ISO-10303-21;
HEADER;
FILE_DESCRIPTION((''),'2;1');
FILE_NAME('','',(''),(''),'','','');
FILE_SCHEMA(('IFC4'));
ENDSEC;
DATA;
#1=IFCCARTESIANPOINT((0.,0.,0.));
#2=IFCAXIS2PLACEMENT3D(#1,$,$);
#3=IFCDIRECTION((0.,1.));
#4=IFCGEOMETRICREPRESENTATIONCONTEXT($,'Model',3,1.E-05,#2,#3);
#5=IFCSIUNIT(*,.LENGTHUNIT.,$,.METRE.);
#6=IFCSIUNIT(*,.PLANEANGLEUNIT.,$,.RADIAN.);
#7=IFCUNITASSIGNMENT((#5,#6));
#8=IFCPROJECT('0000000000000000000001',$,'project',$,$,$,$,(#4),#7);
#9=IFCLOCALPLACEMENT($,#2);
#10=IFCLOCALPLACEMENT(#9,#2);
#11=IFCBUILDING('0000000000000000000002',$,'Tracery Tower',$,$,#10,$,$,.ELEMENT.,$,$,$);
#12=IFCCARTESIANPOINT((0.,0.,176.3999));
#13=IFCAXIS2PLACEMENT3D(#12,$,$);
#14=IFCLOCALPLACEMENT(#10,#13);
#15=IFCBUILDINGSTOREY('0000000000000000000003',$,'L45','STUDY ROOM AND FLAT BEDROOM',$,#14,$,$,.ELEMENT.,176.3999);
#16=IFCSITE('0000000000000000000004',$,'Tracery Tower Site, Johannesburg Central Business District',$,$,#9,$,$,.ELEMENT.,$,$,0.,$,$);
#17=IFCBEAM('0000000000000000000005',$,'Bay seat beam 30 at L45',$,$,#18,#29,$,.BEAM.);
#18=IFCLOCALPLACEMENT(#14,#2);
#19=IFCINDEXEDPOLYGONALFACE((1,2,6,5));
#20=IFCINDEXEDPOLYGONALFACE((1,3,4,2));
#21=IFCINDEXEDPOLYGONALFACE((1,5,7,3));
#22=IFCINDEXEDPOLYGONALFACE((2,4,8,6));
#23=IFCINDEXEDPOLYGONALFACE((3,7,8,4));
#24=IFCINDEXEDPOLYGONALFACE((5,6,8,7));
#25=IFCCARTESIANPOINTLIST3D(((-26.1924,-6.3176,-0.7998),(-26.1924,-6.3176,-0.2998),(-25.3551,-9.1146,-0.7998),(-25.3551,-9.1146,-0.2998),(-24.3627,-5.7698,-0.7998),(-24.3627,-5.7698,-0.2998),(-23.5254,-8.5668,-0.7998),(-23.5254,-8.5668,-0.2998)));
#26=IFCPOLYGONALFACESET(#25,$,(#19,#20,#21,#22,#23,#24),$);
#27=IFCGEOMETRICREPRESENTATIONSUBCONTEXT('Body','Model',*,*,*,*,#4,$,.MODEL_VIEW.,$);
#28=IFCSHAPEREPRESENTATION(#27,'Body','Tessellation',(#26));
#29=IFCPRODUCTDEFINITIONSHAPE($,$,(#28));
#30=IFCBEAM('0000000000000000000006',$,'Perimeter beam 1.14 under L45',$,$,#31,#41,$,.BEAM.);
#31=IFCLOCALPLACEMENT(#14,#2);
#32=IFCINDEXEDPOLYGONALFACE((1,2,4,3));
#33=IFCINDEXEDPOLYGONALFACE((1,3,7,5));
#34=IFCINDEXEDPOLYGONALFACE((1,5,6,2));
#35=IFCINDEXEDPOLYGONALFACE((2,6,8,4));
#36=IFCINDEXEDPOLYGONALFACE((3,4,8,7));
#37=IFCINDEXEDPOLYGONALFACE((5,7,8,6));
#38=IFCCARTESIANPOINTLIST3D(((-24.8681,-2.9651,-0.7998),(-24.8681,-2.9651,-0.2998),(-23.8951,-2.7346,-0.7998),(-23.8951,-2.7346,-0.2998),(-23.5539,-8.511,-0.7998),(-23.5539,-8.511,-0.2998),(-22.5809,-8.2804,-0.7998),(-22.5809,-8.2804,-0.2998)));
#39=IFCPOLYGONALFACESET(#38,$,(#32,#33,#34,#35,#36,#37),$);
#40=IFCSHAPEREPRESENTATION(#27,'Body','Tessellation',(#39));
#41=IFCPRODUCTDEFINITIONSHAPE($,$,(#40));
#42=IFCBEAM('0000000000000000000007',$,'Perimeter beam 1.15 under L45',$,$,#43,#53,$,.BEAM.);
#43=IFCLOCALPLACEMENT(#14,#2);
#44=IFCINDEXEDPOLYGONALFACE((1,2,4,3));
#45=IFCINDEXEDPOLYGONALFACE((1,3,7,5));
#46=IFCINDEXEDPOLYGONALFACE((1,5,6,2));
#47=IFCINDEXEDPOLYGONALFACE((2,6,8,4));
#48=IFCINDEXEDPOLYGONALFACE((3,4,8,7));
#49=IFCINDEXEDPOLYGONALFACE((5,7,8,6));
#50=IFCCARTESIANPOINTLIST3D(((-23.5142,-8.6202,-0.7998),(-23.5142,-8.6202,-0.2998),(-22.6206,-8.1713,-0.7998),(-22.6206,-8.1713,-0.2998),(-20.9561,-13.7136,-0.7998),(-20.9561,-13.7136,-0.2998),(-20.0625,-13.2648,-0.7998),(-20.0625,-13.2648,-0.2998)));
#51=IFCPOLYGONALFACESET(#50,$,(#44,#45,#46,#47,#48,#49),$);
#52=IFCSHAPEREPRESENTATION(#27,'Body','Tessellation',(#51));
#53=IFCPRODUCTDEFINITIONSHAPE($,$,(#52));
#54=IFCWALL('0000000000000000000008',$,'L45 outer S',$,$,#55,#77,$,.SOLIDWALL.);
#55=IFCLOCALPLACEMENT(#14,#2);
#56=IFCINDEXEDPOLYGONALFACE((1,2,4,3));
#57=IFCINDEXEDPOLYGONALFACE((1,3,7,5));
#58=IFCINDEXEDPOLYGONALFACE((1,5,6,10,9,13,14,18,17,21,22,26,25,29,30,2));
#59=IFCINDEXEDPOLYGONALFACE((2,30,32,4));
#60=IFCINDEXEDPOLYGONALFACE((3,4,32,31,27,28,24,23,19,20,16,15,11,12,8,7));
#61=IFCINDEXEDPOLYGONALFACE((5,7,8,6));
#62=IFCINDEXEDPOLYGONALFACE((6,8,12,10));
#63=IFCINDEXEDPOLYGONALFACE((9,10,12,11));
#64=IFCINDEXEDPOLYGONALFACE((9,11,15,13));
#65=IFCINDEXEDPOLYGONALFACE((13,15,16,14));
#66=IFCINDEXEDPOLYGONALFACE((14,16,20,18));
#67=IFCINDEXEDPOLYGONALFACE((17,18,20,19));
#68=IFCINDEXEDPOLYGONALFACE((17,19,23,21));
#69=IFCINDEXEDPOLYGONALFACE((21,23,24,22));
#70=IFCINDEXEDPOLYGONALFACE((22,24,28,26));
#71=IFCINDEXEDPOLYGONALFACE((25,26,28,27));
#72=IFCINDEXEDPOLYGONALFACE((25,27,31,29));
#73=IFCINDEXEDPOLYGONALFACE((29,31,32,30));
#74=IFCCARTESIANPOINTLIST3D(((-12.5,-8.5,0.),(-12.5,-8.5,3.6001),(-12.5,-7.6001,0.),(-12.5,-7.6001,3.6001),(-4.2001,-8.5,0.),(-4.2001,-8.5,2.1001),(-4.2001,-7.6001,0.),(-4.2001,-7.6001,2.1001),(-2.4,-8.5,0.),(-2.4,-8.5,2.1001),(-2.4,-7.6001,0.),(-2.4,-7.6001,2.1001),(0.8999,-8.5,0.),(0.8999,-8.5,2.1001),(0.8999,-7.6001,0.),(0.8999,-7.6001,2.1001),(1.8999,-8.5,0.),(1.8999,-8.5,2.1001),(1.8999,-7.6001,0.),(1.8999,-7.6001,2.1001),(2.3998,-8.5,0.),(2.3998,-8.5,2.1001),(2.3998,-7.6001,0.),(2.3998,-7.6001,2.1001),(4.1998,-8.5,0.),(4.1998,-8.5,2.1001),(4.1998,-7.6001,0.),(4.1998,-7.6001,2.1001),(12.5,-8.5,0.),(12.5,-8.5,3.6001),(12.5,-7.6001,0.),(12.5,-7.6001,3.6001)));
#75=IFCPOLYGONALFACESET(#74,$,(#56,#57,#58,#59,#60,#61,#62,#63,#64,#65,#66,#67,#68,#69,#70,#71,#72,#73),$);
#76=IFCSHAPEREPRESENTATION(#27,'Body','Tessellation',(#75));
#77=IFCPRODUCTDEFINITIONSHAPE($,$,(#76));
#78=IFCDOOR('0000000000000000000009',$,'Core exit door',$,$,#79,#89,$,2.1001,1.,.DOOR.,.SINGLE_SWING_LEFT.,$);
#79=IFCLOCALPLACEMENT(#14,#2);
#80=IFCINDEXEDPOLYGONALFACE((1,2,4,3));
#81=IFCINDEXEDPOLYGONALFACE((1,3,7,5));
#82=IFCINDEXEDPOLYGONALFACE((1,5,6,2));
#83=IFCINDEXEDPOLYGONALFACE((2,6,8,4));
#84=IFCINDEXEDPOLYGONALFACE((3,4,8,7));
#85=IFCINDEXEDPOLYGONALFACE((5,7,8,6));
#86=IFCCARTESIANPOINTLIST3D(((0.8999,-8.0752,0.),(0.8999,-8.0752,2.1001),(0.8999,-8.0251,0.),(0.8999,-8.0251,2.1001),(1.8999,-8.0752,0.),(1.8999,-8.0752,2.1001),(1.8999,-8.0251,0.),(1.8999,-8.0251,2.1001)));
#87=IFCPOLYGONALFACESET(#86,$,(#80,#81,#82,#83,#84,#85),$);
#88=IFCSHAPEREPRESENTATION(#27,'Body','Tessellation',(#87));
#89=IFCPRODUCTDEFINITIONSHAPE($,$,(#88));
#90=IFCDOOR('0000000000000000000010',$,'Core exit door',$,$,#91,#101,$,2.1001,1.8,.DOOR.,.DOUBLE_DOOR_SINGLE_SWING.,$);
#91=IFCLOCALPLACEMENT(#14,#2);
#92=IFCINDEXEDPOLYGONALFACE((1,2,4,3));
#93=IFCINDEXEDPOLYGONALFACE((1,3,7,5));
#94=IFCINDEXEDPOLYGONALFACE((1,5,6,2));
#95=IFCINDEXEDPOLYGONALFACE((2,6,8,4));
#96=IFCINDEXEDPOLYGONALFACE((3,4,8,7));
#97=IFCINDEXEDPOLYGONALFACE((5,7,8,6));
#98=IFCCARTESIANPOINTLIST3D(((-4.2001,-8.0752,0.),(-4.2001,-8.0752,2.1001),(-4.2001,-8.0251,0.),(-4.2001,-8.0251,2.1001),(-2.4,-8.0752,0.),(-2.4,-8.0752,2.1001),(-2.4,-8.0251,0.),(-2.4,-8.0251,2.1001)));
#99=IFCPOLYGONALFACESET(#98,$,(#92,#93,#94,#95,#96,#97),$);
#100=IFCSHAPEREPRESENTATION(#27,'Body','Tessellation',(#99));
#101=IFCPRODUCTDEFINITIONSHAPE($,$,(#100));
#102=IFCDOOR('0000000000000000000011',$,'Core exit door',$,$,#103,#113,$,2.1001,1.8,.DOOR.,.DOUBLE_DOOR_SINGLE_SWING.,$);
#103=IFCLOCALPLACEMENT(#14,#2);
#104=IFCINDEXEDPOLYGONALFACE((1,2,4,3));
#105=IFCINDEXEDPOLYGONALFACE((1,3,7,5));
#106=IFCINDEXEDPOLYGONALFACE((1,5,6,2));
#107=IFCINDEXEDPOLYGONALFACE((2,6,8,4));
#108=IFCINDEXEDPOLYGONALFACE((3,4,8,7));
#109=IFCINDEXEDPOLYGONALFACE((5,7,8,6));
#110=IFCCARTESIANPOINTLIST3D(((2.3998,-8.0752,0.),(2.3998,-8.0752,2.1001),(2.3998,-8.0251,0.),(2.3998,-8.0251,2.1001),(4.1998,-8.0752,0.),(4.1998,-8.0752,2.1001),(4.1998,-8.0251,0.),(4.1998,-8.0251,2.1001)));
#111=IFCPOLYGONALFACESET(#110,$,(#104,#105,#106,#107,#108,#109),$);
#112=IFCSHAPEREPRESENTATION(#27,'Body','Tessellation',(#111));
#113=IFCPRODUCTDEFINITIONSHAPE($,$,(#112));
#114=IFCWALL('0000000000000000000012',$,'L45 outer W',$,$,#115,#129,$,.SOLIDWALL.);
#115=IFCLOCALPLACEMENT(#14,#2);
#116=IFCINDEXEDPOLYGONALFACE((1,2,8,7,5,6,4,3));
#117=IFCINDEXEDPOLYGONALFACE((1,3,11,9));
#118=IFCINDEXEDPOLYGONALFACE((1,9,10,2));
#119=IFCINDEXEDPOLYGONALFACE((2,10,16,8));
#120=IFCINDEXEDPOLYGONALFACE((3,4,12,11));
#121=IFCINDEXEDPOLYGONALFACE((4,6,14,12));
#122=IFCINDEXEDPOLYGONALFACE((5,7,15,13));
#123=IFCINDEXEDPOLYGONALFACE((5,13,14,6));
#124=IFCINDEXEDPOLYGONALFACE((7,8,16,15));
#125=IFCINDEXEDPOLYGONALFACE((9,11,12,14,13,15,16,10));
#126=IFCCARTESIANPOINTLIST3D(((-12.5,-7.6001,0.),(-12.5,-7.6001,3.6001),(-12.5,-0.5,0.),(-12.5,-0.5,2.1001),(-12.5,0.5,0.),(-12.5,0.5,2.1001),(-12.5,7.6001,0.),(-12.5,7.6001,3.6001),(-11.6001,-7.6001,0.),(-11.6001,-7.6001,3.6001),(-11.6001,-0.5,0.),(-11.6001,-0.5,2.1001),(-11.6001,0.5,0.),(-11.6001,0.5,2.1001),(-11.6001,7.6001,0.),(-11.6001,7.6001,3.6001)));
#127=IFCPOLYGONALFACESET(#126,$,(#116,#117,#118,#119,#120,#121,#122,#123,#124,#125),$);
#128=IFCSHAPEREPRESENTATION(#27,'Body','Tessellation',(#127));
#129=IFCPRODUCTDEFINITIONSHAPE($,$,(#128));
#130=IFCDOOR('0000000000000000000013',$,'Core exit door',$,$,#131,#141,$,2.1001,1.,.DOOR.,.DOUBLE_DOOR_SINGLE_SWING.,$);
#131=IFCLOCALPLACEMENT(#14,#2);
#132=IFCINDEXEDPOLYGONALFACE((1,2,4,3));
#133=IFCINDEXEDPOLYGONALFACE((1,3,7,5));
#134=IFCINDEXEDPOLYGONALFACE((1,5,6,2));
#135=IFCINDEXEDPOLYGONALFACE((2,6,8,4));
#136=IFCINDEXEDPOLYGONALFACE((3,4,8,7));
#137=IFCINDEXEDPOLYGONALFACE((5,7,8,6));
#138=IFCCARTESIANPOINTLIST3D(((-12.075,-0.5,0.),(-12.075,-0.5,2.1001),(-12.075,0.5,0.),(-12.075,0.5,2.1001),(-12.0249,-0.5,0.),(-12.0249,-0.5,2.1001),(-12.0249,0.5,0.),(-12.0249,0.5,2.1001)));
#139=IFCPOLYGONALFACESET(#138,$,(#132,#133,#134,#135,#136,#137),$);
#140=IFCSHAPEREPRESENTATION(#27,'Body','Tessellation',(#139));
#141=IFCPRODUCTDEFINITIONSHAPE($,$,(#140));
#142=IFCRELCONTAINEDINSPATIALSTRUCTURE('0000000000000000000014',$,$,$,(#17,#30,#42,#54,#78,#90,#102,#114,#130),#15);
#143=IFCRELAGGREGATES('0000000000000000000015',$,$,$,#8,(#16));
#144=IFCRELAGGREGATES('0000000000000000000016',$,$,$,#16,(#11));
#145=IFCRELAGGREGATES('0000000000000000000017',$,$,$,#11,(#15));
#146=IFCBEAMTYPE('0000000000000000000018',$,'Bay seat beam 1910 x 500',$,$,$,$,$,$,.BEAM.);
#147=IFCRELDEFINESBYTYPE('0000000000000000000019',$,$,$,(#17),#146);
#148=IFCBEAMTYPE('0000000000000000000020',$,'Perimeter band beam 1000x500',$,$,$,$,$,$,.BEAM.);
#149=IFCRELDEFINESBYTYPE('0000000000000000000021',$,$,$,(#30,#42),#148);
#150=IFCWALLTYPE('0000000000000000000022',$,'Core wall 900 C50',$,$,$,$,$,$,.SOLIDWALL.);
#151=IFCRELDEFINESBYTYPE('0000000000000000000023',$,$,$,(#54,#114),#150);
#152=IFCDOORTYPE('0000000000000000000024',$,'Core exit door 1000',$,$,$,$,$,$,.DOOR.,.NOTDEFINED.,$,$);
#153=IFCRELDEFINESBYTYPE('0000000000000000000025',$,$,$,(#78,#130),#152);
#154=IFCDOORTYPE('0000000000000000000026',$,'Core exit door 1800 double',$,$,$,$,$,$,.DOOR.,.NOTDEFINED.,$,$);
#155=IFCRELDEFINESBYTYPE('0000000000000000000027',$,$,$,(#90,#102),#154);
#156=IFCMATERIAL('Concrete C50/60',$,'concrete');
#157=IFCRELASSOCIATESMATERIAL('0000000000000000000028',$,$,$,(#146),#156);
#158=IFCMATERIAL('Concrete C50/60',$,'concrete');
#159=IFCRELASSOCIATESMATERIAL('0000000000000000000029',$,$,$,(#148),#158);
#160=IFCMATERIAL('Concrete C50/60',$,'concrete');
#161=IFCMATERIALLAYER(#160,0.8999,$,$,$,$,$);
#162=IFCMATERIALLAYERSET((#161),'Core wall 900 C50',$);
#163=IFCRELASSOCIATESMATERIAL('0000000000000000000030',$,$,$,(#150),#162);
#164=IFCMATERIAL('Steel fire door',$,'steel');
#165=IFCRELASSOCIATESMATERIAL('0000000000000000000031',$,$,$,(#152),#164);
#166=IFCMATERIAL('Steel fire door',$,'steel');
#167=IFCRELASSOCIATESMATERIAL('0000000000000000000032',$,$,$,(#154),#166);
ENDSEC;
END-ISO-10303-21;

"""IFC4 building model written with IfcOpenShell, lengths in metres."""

from ifc_helpers import new_model, si_unit, direction, frame, frame_2d, origin, origin_2d, place, context, subcontext, project, spatial, rectangle, extrude, material, layer, layer_set, material_profile, profile_set, type_object, element, fill, save


model = new_model("IFC4")

# Units and contexts
model_context = context("Model", 3, precision=1e-05, world=origin(), true_north=direction((0.0, 1.0)))
body_context = subcontext(model_context, "Body", "Model", "MODEL_VIEW")
ifc_project = project(units=[si_unit("LENGTHUNIT", "METRE"), si_unit("PLANEANGLEUNIT", "RADIAN")], contexts=[model_context])

# Site, building, storey
site_placement = place(None, origin())
site = spatial("IfcSite", under=ifc_project, at=site_placement, Name="Tracery Tower Site, Johannesburg Central Business District", CompositionType="ELEMENT", RefElevation=0.0)
building_placement = place(site_placement, origin())
building = spatial("IfcBuilding", under=site, at=building_placement, Name="Tracery Tower", CompositionType="ELEMENT")
storey_placement = place(building_placement, frame((0.0, 0.0, 176.3999)))
storey = spatial("IfcBuildingStorey", under=building, at=storey_placement, Name="L45", Description="STUDY ROOM AND FLAT BEDROOM", CompositionType="ELEMENT", Elevation=176.3999)

# Beams
ifc_material_1 = material(Name="Concrete C50/60", Category="concrete")
ifc_material_profile_1 = material_profile(ifc_material_1, rectangle(XDim=1.9099, YDim=0.5, at=origin_2d()), Name="RC 1910x500")
ifc_profile_set_1 = profile_set([ifc_material_profile_1], Name="Concrete C50/60")
beam_type_1 = type_object("IfcBeamType", Name="Bay seat beam 1910 x 500", PredefinedType="BEAM", material=ifc_profile_set_1)
beam_1_placement = place(storey_placement, frame((-25.2776, -6.0437, -0.5498), z_axis=(0.286803, -0.95799, 0.0), x_axis=(0.95799, 0.286803, 0.0)))
element("IfcBeam", 1, at=beam_1_placement, inside=storey, type_object=beam_type_1, Name="Bay seat beam 30 at L45", PredefinedType="BEAM", context=body_context, shape_type="SweptSolid", body=[
    extrude(rectangle(XDim=1.9099, YDim=0.5, at=origin_2d()), origin(), (0.0, 0.0, 1.0), 2.9197),
])
ifc_material_2 = material(Name="Concrete C50/60", Category="concrete")
ifc_material_profile_2 = material_profile(ifc_material_2, rectangle(XDim=1.0, YDim=0.5, at=origin_2d()), Name="RC 1000x500")
ifc_profile_set_2 = profile_set([ifc_material_profile_2], Name="Concrete C50/60")
beam_type_2 = type_object("IfcBeamType", Name="Perimeter band beam 1000x500", PredefinedType="BEAM", material=ifc_profile_set_2)
beam_2_placement = place(storey_placement, frame((-24.3816, -2.8499, -0.5498), z_axis=(0.230584, -0.973052, 0.0), x_axis=(0.973052, 0.230584, 0.0)))
element("IfcBeam", 2, at=beam_2_placement, inside=storey, type_object=beam_type_2, Name="Perimeter beam 1.14 under L45", PredefinedType="BEAM", context=body_context, shape_type="SweptSolid", body=[
    extrude(rectangle(XDim=1.0, YDim=0.5, at=origin_2d()), origin(), (0.0, 0.0, 1.0), 5.6995),
])
beam_3_placement = place(storey_placement, frame((-23.0674, -8.3958, -0.5498), z_axis=(0.448806, -0.893629, 0.0), x_axis=(0.893629, 0.448806, 0.0)))
element("IfcBeam", 3, at=beam_3_placement, inside=storey, type_object=beam_type_2, Name="Perimeter beam 1.15 under L45", PredefinedType="BEAM", context=body_context, shape_type="SweptSolid", body=[
    extrude(rectangle(XDim=1.0, YDim=0.5, at=origin_2d()), origin(), (0.0, 0.0, 1.0), 5.6997),
])

# Wall, openings, doors
ifc_material_3 = material(Name="Concrete C50/60", Category="concrete")
ifc_layer_1 = layer(ifc_material_3, 0.8999)
ifc_layer_set_1 = layer_set([ifc_layer_1], Name="Core wall 900 C50")
wall_type_1 = type_object("IfcWallType", Name="Core wall 900 C50", PredefinedType="SOLIDWALL", material=ifc_layer_set_1)
wall_1_placement = place(storey_placement, frame((-12.5, -8.05, 0.0), z_axis=(0.0, 0.0, 1.0), x_axis=(1.0, 0.0, 0.0)))
wall_1 = element("IfcWall", 4, at=wall_1_placement, inside=storey, type_object=wall_type_1, Name="L45 outer S", PredefinedType="SOLIDWALL", context=body_context, shape_type="SweptSolid", body=[
    extrude(rectangle(XDim=25.0, YDim=0.8999, at=frame_2d((12.5, 0.0))), origin(), (0.0, 0.0, 1.0), 3.6001),
])
opening_1_placement = place(wall_1_placement, frame((13.3999, 0.0, 0.0)))
opening_1 = element("IfcOpeningElement", 5, at=opening_1_placement, cuts=wall_1, PredefinedType="OPENING", context=body_context, shape_type="SweptSolid", body=[
    extrude(rectangle(XDim=1.0, YDim=2.1001, at=frame_2d((0.5, 1.05))), frame((0.0, 0.45, 0.0), z_axis=(0.0, -1.0, 0.0), x_axis=(1.0, 0.0, 0.0)), (0.0, 0.0, 1.0), 0.8999),
])
opening_2_placement = place(wall_1_placement, frame((8.3, 0.0, 0.0)))
opening_2 = element("IfcOpeningElement", 6, at=opening_2_placement, cuts=wall_1, PredefinedType="OPENING", context=body_context, shape_type="SweptSolid", body=[
    extrude(rectangle(XDim=1.8, YDim=2.1001, at=frame_2d((0.8999, 1.05))), frame((0.0, 0.45, 0.0), z_axis=(0.0, -1.0, 0.0), x_axis=(1.0, 0.0, 0.0)), (0.0, 0.0, 1.0), 0.8999),
])
opening_3_placement = place(wall_1_placement, frame((14.8999, 0.0, 0.0)))
opening_3 = element("IfcOpeningElement", 7, at=opening_3_placement, cuts=wall_1, PredefinedType="OPENING", context=body_context, shape_type="SweptSolid", body=[
    extrude(rectangle(XDim=1.8, YDim=2.1001, at=frame_2d((0.8999, 1.05))), frame((0.0, 0.45, 0.0), z_axis=(0.0, -1.0, 0.0), x_axis=(1.0, 0.0, 0.0)), (0.0, 0.0, 1.0), 0.8999),
])
ifc_material_4 = material(Name="Steel fire door", Category="steel")
door_type_1 = type_object("IfcDoorType", Name="Core exit door 1000", OperationType="NOTDEFINED", PredefinedType="DOOR", material=ifc_material_4)
door_1_placement = place(opening_1_placement, origin())
door_1 = element("IfcDoor", 8, at=door_1_placement, inside=storey, type_object=door_type_1, Name="Core exit door", OperationType="SINGLE_SWING_LEFT", OverallHeight=2.1001, OverallWidth=1.0, PredefinedType="DOOR", context=body_context, shape_type="SweptSolid", body=[
    extrude(rectangle(XDim=1.0, YDim=2.1001, at=frame_2d((0.5, 1.05))), frame((0.0, 0.0249, 0.0), z_axis=(0.0, -1.0, 0.0), x_axis=(1.0, 0.0, 0.0)), (0.0, 0.0, 1.0), 0.05),
])
fill(opening_1, door_1)
ifc_material_5 = material(Name="Steel fire door", Category="steel")
door_type_2 = type_object("IfcDoorType", Name="Core exit door 1800 double", OperationType="NOTDEFINED", PredefinedType="DOOR", material=ifc_material_5)
door_2_placement = place(opening_2_placement, origin())
door_2 = element("IfcDoor", 9, at=door_2_placement, inside=storey, type_object=door_type_2, Name="Core exit door", OperationType="DOUBLE_DOOR_SINGLE_SWING", OverallHeight=2.1001, OverallWidth=1.8, PredefinedType="DOOR", context=body_context, shape_type="SweptSolid", body=[
    extrude(rectangle(XDim=1.8, YDim=2.1001, at=frame_2d((0.8999, 1.05))), frame((0.0, 0.0249, 0.0), z_axis=(0.0, -1.0, 0.0), x_axis=(1.0, 0.0, 0.0)), (0.0, 0.0, 1.0), 0.05),
])
fill(opening_2, door_2)
door_3_placement = place(opening_3_placement, origin())
door_3 = element("IfcDoor", 10, at=door_3_placement, inside=storey, type_object=door_type_2, Name="Core exit door", OperationType="DOUBLE_DOOR_SINGLE_SWING", OverallHeight=2.1001, OverallWidth=1.8, PredefinedType="DOOR", context=body_context, shape_type="SweptSolid", body=[
    extrude(rectangle(XDim=1.8, YDim=2.1001, at=frame_2d((0.8999, 1.05))), frame((0.0, 0.0249, 0.0), z_axis=(0.0, -1.0, 0.0), x_axis=(1.0, 0.0, 0.0)), (0.0, 0.0, 1.0), 0.05),
])
fill(opening_3, door_3)

# Wall, opening, door
wall_2_placement = place(storey_placement, frame((-12.05, -7.6001, 0.0), z_axis=(0.0, 0.0, 1.0), x_axis=(0.0, 1.0, 0.0)))
wall_2 = element("IfcWall", 11, at=wall_2_placement, inside=storey, type_object=wall_type_1, Name="L45 outer W", PredefinedType="SOLIDWALL", context=body_context, shape_type="SweptSolid", body=[
    extrude(rectangle(XDim=15.2002, YDim=0.8999, at=frame_2d((7.6001, 0.0))), origin(), (0.0, 0.0, 1.0), 3.6001),
])
opening_4_placement = place(wall_2_placement, frame((7.1001, 0.0, 0.0)))
opening_4 = element("IfcOpeningElement", 12, at=opening_4_placement, cuts=wall_2, PredefinedType="OPENING", context=body_context, shape_type="SweptSolid", body=[
    extrude(rectangle(XDim=1.0, YDim=2.1001, at=frame_2d((0.5, 1.05))), frame((0.0, 0.45, 0.0), z_axis=(0.0, -1.0, 0.0), x_axis=(1.0, 0.0, 0.0)), (0.0, 0.0, 1.0), 0.8999),
])
door_4_placement = place(opening_4_placement, origin())
door_4 = element("IfcDoor", 13, at=door_4_placement, inside=storey, type_object=door_type_1, Name="Core exit door", OperationType="DOUBLE_DOOR_SINGLE_SWING", OverallHeight=2.1001, OverallWidth=1.0, PredefinedType="DOOR", context=body_context, shape_type="SweptSolid", body=[
    extrude(rectangle(XDim=1.0, YDim=2.1001, at=frame_2d((0.5, 1.05))), frame((0.0, 0.0249, 0.0), z_axis=(0.0, -1.0, 0.0), x_axis=(1.0, 0.0, 0.0)), (0.0, 0.0, 1.0), 0.05),
])
fill(opening_4, door_4)

save(model, "model.ifc")
